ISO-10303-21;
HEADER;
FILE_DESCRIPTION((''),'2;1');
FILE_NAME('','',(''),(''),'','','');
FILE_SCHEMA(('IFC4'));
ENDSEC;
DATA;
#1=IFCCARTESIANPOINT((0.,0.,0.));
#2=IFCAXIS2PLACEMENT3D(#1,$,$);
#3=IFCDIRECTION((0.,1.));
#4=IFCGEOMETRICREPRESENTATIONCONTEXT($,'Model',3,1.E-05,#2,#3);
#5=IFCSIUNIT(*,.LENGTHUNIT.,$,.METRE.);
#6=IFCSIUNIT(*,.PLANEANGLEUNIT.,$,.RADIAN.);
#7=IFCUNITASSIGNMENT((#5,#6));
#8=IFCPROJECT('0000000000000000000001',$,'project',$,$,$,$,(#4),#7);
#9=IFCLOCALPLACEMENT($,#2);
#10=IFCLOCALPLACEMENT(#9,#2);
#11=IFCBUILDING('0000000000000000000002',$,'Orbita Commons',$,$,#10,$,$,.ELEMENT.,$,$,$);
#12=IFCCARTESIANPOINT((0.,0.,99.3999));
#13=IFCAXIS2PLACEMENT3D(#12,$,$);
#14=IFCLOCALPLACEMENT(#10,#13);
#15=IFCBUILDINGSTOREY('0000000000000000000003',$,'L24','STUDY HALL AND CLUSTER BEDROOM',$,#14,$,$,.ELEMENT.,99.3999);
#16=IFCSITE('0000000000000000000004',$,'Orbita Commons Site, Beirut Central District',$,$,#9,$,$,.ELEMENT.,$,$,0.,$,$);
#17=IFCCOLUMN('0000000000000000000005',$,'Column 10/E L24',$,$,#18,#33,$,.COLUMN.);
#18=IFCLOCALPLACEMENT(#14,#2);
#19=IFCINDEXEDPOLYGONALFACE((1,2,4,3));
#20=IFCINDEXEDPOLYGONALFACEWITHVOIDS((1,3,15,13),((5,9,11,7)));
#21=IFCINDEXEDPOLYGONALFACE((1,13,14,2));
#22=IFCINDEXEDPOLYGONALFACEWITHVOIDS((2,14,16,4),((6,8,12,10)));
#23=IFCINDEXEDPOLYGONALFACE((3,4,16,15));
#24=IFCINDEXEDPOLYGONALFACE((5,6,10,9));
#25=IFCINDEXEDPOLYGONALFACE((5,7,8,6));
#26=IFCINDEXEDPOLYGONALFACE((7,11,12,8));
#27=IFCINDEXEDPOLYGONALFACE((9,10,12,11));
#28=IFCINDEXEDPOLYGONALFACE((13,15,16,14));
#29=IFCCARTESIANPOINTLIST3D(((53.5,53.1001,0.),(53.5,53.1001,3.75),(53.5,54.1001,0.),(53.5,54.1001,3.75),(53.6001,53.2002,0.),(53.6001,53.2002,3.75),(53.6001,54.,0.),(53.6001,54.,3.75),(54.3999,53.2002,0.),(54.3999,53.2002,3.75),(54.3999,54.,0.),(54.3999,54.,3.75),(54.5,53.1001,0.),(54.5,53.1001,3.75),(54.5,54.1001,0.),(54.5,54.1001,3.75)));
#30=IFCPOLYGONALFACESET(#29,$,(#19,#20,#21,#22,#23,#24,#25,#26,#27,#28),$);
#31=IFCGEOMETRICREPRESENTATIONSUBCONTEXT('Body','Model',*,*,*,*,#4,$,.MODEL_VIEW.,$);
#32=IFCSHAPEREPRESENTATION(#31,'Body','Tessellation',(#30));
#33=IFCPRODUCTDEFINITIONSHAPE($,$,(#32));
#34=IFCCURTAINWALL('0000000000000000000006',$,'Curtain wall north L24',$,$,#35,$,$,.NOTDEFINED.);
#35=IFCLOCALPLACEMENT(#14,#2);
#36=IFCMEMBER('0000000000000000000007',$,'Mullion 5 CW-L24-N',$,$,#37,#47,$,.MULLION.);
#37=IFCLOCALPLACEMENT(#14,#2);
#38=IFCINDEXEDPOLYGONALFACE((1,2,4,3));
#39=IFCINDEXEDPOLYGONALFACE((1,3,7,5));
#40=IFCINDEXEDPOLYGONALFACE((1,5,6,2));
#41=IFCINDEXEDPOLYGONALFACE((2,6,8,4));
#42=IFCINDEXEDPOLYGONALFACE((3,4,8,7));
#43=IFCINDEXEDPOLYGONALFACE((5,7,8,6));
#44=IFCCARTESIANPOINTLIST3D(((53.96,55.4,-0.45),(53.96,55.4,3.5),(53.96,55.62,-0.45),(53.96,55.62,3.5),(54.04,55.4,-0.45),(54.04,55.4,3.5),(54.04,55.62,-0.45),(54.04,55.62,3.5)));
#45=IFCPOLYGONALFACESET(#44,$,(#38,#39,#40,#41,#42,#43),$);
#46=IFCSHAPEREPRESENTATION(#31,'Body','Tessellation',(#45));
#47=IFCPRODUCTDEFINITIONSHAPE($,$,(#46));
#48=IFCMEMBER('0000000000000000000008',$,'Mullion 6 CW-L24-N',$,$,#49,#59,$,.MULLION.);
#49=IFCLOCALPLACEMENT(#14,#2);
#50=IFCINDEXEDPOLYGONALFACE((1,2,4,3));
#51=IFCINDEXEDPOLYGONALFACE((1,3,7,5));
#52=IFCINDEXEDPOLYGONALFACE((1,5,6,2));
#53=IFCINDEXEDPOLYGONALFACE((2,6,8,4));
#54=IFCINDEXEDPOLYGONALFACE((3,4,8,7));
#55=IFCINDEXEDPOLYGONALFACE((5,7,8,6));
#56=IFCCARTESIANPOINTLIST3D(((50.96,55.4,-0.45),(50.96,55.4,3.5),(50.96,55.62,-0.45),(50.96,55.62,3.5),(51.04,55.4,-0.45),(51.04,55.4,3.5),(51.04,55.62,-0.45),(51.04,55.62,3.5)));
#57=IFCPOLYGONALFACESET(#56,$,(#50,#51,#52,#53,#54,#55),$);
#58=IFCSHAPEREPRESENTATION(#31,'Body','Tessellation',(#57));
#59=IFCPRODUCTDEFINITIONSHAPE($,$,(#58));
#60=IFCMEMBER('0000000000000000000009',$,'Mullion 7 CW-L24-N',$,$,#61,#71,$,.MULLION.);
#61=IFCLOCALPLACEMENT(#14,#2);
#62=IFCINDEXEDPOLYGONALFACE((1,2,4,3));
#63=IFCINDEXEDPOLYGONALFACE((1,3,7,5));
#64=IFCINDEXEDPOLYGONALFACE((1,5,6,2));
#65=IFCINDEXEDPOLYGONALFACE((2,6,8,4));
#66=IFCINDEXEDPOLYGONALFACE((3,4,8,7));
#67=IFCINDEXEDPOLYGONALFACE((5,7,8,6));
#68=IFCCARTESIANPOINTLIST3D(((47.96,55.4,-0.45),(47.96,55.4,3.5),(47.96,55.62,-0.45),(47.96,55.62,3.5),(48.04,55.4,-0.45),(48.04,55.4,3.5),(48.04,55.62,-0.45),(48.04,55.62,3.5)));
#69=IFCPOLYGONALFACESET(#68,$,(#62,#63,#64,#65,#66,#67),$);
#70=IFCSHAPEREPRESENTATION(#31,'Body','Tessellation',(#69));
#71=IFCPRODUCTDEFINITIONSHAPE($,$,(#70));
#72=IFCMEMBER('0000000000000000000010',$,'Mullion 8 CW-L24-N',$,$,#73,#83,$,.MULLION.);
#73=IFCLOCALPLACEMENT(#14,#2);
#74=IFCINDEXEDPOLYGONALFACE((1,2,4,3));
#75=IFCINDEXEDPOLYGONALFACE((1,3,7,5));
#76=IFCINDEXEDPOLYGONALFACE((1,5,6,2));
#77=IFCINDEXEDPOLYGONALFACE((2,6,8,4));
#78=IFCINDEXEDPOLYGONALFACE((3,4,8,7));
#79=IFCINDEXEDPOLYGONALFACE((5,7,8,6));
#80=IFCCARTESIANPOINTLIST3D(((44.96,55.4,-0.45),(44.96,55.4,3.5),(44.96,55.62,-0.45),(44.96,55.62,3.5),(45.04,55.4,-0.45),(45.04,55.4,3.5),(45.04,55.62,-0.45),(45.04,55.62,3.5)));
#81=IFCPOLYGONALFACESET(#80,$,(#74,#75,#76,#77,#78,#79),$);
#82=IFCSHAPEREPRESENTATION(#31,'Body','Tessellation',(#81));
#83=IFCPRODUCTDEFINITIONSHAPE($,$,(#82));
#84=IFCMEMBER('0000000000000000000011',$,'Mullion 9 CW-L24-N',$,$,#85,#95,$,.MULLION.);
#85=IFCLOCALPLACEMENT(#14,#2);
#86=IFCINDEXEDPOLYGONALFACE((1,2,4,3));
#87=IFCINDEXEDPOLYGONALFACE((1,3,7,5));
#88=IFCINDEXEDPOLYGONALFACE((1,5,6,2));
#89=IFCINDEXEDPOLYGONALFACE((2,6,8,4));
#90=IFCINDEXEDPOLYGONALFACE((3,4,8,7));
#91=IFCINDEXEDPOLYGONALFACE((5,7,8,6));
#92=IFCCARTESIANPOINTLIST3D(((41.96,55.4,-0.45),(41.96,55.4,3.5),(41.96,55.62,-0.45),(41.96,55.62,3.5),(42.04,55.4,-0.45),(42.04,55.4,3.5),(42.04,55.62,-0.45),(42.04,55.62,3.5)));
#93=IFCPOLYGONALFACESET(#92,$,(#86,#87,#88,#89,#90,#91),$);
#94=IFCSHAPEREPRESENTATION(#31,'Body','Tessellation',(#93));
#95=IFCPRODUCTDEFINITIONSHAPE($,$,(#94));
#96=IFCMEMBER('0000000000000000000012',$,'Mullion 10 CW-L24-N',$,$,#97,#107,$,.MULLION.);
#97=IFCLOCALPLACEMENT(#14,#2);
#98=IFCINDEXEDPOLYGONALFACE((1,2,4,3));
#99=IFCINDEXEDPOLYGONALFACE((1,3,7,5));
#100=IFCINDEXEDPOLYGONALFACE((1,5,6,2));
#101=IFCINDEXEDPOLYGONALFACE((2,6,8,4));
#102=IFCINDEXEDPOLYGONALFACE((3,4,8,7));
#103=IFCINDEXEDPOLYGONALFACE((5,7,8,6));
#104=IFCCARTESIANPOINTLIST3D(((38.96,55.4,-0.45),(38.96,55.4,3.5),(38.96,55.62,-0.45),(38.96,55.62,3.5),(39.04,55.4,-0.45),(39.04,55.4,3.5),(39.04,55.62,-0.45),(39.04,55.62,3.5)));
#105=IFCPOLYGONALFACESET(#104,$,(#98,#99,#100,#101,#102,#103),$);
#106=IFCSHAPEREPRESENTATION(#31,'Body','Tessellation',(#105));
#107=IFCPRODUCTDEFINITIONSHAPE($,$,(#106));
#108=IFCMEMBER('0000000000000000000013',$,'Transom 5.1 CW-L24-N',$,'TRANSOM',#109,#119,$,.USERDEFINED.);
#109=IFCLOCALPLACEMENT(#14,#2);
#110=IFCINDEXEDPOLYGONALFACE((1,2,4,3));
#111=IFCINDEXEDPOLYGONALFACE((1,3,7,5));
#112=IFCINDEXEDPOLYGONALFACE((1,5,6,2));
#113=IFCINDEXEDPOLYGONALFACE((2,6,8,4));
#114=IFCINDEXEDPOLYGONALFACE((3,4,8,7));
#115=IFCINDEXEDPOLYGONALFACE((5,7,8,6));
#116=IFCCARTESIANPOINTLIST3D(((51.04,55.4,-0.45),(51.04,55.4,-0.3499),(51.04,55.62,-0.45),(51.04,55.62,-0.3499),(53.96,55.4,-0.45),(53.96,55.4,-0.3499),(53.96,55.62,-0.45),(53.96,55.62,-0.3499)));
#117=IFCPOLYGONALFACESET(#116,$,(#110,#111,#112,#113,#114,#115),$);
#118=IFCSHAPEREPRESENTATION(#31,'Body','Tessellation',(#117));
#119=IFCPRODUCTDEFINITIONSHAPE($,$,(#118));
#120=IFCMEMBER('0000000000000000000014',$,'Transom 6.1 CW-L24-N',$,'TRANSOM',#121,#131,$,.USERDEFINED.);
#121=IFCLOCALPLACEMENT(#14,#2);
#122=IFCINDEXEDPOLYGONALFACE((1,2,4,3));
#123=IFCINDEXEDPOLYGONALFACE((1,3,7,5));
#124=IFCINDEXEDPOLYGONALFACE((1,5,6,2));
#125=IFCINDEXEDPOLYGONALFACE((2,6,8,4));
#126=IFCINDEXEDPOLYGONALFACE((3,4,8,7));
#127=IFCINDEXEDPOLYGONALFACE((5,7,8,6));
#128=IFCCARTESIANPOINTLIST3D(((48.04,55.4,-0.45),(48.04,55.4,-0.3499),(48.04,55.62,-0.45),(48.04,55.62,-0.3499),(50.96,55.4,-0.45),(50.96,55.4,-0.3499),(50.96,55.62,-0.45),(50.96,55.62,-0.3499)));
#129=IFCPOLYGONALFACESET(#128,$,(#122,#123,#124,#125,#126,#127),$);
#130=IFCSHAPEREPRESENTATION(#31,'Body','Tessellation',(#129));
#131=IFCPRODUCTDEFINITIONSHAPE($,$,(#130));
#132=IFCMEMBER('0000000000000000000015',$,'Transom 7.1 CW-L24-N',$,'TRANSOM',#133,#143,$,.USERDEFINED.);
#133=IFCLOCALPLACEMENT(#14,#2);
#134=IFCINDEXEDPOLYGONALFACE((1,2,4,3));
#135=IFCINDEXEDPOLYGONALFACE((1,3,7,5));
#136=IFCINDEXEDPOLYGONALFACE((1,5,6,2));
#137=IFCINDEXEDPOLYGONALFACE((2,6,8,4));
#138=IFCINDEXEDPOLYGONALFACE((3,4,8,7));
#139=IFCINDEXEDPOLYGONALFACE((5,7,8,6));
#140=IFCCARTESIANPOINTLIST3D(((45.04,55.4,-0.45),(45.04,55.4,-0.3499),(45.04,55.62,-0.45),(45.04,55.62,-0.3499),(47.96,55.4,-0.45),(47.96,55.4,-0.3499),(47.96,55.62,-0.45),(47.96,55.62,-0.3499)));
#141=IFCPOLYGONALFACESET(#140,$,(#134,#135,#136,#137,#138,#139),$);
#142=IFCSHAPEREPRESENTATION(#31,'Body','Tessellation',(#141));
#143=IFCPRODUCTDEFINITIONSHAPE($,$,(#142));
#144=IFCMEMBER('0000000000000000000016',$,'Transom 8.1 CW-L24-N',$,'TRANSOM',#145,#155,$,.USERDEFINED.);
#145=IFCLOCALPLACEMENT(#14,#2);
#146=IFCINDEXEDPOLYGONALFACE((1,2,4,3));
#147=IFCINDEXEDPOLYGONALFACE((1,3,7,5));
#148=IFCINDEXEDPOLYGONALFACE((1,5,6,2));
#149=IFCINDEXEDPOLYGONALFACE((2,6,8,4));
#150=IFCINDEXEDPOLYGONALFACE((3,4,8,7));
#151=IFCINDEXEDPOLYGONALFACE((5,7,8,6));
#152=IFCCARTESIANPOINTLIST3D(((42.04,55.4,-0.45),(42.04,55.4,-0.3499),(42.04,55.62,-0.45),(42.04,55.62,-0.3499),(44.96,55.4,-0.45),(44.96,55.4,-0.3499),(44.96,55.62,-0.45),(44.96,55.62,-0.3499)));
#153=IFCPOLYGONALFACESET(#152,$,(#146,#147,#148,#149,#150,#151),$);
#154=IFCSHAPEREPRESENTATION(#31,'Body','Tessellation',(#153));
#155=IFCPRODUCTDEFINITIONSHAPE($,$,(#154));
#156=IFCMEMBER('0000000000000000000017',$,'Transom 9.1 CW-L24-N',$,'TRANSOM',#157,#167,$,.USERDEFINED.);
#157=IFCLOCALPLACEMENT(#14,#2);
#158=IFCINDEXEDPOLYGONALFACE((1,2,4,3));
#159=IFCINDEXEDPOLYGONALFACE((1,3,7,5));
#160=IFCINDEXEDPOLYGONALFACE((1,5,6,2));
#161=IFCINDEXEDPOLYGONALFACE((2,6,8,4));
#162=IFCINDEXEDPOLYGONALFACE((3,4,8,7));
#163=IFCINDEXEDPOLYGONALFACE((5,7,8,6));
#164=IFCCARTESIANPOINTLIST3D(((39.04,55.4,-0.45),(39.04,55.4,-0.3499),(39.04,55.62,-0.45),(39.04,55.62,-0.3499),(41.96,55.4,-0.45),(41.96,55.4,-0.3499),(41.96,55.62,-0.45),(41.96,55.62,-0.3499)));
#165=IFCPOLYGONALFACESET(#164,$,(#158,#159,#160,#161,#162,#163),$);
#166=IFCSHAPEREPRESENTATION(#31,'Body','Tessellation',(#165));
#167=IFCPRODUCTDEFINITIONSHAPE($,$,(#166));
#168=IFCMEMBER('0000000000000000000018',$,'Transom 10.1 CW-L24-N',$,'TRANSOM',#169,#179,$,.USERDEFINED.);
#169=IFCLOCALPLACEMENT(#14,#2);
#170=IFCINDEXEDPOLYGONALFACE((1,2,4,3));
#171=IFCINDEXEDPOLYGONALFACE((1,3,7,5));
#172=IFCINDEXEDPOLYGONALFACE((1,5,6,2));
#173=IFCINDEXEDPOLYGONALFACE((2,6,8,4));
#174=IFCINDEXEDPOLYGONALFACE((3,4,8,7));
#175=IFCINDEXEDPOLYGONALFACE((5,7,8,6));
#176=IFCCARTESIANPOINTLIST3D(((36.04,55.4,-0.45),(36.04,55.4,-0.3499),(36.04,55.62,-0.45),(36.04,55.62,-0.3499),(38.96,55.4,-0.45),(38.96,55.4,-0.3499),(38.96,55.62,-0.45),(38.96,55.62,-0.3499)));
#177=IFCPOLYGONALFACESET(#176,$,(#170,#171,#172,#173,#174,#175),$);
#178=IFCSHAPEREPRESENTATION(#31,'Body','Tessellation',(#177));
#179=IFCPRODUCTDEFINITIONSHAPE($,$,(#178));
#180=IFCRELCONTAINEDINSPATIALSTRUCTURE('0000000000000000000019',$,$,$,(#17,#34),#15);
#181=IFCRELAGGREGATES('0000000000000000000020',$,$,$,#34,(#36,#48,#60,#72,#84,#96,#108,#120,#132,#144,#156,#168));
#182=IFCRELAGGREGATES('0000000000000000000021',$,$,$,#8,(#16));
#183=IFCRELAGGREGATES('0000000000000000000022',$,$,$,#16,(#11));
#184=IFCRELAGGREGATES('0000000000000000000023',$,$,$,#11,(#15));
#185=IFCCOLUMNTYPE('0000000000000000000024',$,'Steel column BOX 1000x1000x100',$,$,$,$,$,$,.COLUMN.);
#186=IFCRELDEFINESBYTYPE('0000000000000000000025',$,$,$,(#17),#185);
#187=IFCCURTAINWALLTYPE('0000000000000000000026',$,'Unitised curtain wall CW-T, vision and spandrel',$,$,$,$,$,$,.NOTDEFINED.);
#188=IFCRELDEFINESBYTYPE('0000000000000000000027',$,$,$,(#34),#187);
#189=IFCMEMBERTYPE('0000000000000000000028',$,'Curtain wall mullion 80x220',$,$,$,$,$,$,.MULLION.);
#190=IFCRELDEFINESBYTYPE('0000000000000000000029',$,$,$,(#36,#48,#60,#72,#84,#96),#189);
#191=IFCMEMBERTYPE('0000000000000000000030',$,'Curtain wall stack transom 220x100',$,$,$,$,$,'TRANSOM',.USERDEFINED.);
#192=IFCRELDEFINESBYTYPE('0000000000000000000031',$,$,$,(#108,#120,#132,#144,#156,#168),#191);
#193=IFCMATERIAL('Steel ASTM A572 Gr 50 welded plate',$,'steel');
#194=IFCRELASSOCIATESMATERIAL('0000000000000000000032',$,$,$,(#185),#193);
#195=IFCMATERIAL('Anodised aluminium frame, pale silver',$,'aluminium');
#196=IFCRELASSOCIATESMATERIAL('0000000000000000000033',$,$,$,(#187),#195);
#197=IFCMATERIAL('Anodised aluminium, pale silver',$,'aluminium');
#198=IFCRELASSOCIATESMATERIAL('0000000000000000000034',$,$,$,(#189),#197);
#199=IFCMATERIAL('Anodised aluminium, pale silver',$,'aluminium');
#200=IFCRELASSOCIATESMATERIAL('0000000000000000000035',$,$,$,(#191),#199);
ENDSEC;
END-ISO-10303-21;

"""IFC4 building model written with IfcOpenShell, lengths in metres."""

from ifc_helpers import new_model, si_unit, direction, frame, origin, origin_2d, place, context, subcontext, project, spatial, rectangle, hollow_rectangle, extrude, material, material_profile, profile_set, type_object, element, aggregate, save


model = new_model("IFC4")

# Units and contexts
model_context = context("Model", 3, precision=1e-05, world=origin(), true_north=direction((0.0, 1.0)))
body_context = subcontext(model_context, "Body", "Model", "MODEL_VIEW")
ifc_project = project(units=[si_unit("LENGTHUNIT", "METRE"), si_unit("PLANEANGLEUNIT", "RADIAN")], contexts=[model_context])

# Site, building, storey
site_placement = place(None, origin())
site = spatial("IfcSite", under=ifc_project, at=site_placement, Name="Orbita Commons Site, Beirut Central District", CompositionType="ELEMENT", RefElevation=0.0)
building_placement = place(site_placement, origin())
building = spatial("IfcBuilding", under=site, at=building_placement, Name="Orbita Commons", CompositionType="ELEMENT")
storey_placement = place(building_placement, frame((0.0, 0.0, 99.3999)))
storey = spatial("IfcBuildingStorey", under=building, at=storey_placement, Name="L24", Description="STUDY HALL AND CLUSTER BEDROOM", CompositionType="ELEMENT", Elevation=99.3999)

# Column
ifc_material_1 = material(Name="Steel ASTM A572 Gr 50 welded plate", Category="steel")
ifc_material_profile_1 = material_profile(ifc_material_1, hollow_rectangle(XDim=1.0, YDim=1.0, WallThickness=0.1001, at=origin_2d()), Name="BOX 1000x1000x100")
ifc_profile_set_1 = profile_set([ifc_material_profile_1], Name="Steel ASTM A572 Gr 50 welded plate")
column_type = type_object("IfcColumnType", Name="Steel column BOX 1000x1000x100", PredefinedType="COLUMN", material=ifc_profile_set_1)
column_placement = place(storey_placement, frame((54.0, 53.6001, 0.0), z_axis=(0.0, 0.0, 1.0), x_axis=(1.0, 0.0, 0.0)))
element("IfcColumn", 1, at=column_placement, inside=storey, type_object=column_type, Name="Column 10/E L24", PredefinedType="COLUMN", context=body_context, shape_type="SweptSolid", body=[
    extrude(hollow_rectangle(XDim=1.0, YDim=1.0, WallThickness=0.1001, at=origin_2d()), origin(), (0.0, 0.0, 1.0), 3.75),
])

# Curtain wall, members
ifc_material_2 = material(Name="Anodised aluminium frame, pale silver", Category="aluminium")
curtain_wall_type = type_object("IfcCurtainWallType", Name="Unitised curtain wall CW-T, vision and spandrel", PredefinedType="NOTDEFINED", material=ifc_material_2)
curtain_wall_placement = place(storey_placement, origin())
curtain_wall = element("IfcCurtainWall", 2, at=curtain_wall_placement, inside=storey, type_object=curtain_wall_type, Name="Curtain wall north L24", PredefinedType="NOTDEFINED")
ifc_material_3 = material(Name="Anodised aluminium, pale silver", Category="aluminium")
ifc_material_profile_2 = material_profile(ifc_material_3, rectangle(XDim=0.0801, YDim=0.22, at=origin_2d()), Name="AL 80x220")
ifc_profile_set_2 = profile_set([ifc_material_profile_2], Name="Anodised aluminium, pale silver")
member_type_1 = type_object("IfcMemberType", Name="Curtain wall mullion 80x220", PredefinedType="MULLION", material=ifc_profile_set_2)
member_1_placement = place(storey_placement, frame((54.0, 55.51, -0.45), z_axis=(0.0, 0.0, 1.0), x_axis=(-1.0, 0.0, 0.0)))
member_1 = element("IfcMember", 3, at=member_1_placement, type_object=member_type_1, Name="Mullion 5 CW-L24-N", PredefinedType="MULLION", context=body_context, shape_type="SweptSolid", body=[
    extrude(rectangle(XDim=0.0801, YDim=0.22, at=origin_2d()), origin(), (0.0, 0.0, 1.0), 3.95),
])
member_2_placement = place(storey_placement, frame((51.0, 55.51, -0.45), z_axis=(0.0, 0.0, 1.0), x_axis=(-1.0, 0.0, 0.0)))
member_2 = element("IfcMember", 4, at=member_2_placement, type_object=member_type_1, Name="Mullion 6 CW-L24-N", PredefinedType="MULLION", context=body_context, shape_type="SweptSolid", body=[
    extrude(rectangle(XDim=0.0801, YDim=0.22, at=origin_2d()), origin(), (0.0, 0.0, 1.0), 3.95),
])
member_3_placement = place(storey_placement, frame((48.0, 55.51, -0.45), z_axis=(0.0, 0.0, 1.0), x_axis=(-1.0, 0.0, 0.0)))
member_3 = element("IfcMember", 5, at=member_3_placement, type_object=member_type_1, Name="Mullion 7 CW-L24-N", PredefinedType="MULLION", context=body_context, shape_type="SweptSolid", body=[
    extrude(rectangle(XDim=0.0801, YDim=0.22, at=origin_2d()), origin(), (0.0, 0.0, 1.0), 3.95),
])
member_4_placement = place(storey_placement, frame((45.0, 55.51, -0.45), z_axis=(0.0, 0.0, 1.0), x_axis=(-1.0, 0.0, 0.0)))
member_4 = element("IfcMember", 6, at=member_4_placement, type_object=member_type_1, Name="Mullion 8 CW-L24-N", PredefinedType="MULLION", context=body_context, shape_type="SweptSolid", body=[
    extrude(rectangle(XDim=0.0801, YDim=0.22, at=origin_2d()), origin(), (0.0, 0.0, 1.0), 3.95),
])
member_5_placement = place(storey_placement, frame((42.0, 55.51, -0.45), z_axis=(0.0, 0.0, 1.0), x_axis=(-1.0, 0.0, 0.0)))
member_5 = element("IfcMember", 7, at=member_5_placement, type_object=member_type_1, Name="Mullion 9 CW-L24-N", PredefinedType="MULLION", context=body_context, shape_type="SweptSolid", body=[
    extrude(rectangle(XDim=0.0801, YDim=0.22, at=origin_2d()), origin(), (0.0, 0.0, 1.0), 3.95),
])
member_6_placement = place(storey_placement, frame((39.0, 55.51, -0.45), z_axis=(0.0, 0.0, 1.0), x_axis=(-1.0, 0.0, 0.0)))
member_6 = element("IfcMember", 8, at=member_6_placement, type_object=member_type_1, Name="Mullion 10 CW-L24-N", PredefinedType="MULLION", context=body_context, shape_type="SweptSolid", body=[
    extrude(rectangle(XDim=0.0801, YDim=0.22, at=origin_2d()), origin(), (0.0, 0.0, 1.0), 3.95),
])
ifc_material_4 = material(Name="Anodised aluminium, pale silver", Category="aluminium")
ifc_material_profile_3 = material_profile(ifc_material_4, rectangle(XDim=0.22, YDim=0.1001, at=origin_2d()), Name="AL 220x100")
ifc_profile_set_3 = profile_set([ifc_material_profile_3], Name="Anodised aluminium, pale silver")
member_type_2 = type_object("IfcMemberType", Name="Curtain wall stack transom 220x100", ElementType="TRANSOM", PredefinedType="USERDEFINED", material=ifc_profile_set_3)
member_7_placement = place(storey_placement, frame((53.96, 55.51, -0.3999), z_axis=(-1.0, 0.0, 0.0), x_axis=(0.0, -1.0, 0.0)))
member_7 = element("IfcMember", 9, at=member_7_placement, type_object=member_type_2, Name="Transom 5.1 CW-L24-N", ObjectType="TRANSOM", PredefinedType="USERDEFINED", context=body_context, shape_type="SweptSolid", body=[
    extrude(rectangle(XDim=0.22, YDim=0.1001, at=origin_2d()), origin(), (0.0, 0.0, 1.0), 2.9199),
])
member_8_placement = place(storey_placement, frame((50.96, 55.51, -0.3999), z_axis=(-1.0, 0.0, 0.0), x_axis=(0.0, -1.0, 0.0)))
member_8 = element("IfcMember", 10, at=member_8_placement, type_object=member_type_2, Name="Transom 6.1 CW-L24-N", ObjectType="TRANSOM", PredefinedType="USERDEFINED", context=body_context, shape_type="SweptSolid", body=[
    extrude(rectangle(XDim=0.22, YDim=0.1001, at=origin_2d()), origin(), (0.0, 0.0, 1.0), 2.9199),
])
member_9_placement = place(storey_placement, frame((47.96, 55.51, -0.3999), z_axis=(-1.0, 0.0, 0.0), x_axis=(0.0, -1.0, 0.0)))
member_9 = element("IfcMember", 11, at=member_9_placement, type_object=member_type_2, Name="Transom 7.1 CW-L24-N", ObjectType="TRANSOM", PredefinedType="USERDEFINED", context=body_context, shape_type="SweptSolid", body=[
    extrude(rectangle(XDim=0.22, YDim=0.1001, at=origin_2d()), origin(), (0.0, 0.0, 1.0), 2.9199),
])
member_10_placement = place(storey_placement, frame((44.96, 55.51, -0.3999), z_axis=(-1.0, 0.0, 0.0), x_axis=(0.0, -1.0, 0.0)))
member_10 = element("IfcMember", 12, at=member_10_placement, type_object=member_type_2, Name="Transom 8.1 CW-L24-N", ObjectType="TRANSOM", PredefinedType="USERDEFINED", context=body_context, shape_type="SweptSolid", body=[
    extrude(rectangle(XDim=0.22, YDim=0.1001, at=origin_2d()), origin(), (0.0, 0.0, 1.0), 2.9199),
])
member_11_placement = place(storey_placement, frame((41.96, 55.51, -0.3999), z_axis=(-1.0, 0.0, 0.0), x_axis=(0.0, -1.0, 0.0)))
member_11 = element("IfcMember", 13, at=member_11_placement, type_object=member_type_2, Name="Transom 9.1 CW-L24-N", ObjectType="TRANSOM", PredefinedType="USERDEFINED", context=body_context, shape_type="SweptSolid", body=[
    extrude(rectangle(XDim=0.22, YDim=0.1001, at=origin_2d()), origin(), (0.0, 0.0, 1.0), 2.9199),
])
member_12_placement = place(storey_placement, frame((38.96, 55.51, -0.3999), z_axis=(-1.0, 0.0, 0.0), x_axis=(0.0, -1.0, 0.0)))
member_12 = element("IfcMember", 14, at=member_12_placement, type_object=member_type_2, Name="Transom 10.1 CW-L24-N", ObjectType="TRANSOM", PredefinedType="USERDEFINED", context=body_context, shape_type="SweptSolid", body=[
    extrude(rectangle(XDim=0.22, YDim=0.1001, at=origin_2d()), origin(), (0.0, 0.0, 1.0), 2.9199),
])

aggregate(curtain_wall, [member_1, member_2, member_3, member_4, member_5, member_6, member_7, member_8, member_9, member_10, member_11, member_12])

save(model, "model.ifc")
